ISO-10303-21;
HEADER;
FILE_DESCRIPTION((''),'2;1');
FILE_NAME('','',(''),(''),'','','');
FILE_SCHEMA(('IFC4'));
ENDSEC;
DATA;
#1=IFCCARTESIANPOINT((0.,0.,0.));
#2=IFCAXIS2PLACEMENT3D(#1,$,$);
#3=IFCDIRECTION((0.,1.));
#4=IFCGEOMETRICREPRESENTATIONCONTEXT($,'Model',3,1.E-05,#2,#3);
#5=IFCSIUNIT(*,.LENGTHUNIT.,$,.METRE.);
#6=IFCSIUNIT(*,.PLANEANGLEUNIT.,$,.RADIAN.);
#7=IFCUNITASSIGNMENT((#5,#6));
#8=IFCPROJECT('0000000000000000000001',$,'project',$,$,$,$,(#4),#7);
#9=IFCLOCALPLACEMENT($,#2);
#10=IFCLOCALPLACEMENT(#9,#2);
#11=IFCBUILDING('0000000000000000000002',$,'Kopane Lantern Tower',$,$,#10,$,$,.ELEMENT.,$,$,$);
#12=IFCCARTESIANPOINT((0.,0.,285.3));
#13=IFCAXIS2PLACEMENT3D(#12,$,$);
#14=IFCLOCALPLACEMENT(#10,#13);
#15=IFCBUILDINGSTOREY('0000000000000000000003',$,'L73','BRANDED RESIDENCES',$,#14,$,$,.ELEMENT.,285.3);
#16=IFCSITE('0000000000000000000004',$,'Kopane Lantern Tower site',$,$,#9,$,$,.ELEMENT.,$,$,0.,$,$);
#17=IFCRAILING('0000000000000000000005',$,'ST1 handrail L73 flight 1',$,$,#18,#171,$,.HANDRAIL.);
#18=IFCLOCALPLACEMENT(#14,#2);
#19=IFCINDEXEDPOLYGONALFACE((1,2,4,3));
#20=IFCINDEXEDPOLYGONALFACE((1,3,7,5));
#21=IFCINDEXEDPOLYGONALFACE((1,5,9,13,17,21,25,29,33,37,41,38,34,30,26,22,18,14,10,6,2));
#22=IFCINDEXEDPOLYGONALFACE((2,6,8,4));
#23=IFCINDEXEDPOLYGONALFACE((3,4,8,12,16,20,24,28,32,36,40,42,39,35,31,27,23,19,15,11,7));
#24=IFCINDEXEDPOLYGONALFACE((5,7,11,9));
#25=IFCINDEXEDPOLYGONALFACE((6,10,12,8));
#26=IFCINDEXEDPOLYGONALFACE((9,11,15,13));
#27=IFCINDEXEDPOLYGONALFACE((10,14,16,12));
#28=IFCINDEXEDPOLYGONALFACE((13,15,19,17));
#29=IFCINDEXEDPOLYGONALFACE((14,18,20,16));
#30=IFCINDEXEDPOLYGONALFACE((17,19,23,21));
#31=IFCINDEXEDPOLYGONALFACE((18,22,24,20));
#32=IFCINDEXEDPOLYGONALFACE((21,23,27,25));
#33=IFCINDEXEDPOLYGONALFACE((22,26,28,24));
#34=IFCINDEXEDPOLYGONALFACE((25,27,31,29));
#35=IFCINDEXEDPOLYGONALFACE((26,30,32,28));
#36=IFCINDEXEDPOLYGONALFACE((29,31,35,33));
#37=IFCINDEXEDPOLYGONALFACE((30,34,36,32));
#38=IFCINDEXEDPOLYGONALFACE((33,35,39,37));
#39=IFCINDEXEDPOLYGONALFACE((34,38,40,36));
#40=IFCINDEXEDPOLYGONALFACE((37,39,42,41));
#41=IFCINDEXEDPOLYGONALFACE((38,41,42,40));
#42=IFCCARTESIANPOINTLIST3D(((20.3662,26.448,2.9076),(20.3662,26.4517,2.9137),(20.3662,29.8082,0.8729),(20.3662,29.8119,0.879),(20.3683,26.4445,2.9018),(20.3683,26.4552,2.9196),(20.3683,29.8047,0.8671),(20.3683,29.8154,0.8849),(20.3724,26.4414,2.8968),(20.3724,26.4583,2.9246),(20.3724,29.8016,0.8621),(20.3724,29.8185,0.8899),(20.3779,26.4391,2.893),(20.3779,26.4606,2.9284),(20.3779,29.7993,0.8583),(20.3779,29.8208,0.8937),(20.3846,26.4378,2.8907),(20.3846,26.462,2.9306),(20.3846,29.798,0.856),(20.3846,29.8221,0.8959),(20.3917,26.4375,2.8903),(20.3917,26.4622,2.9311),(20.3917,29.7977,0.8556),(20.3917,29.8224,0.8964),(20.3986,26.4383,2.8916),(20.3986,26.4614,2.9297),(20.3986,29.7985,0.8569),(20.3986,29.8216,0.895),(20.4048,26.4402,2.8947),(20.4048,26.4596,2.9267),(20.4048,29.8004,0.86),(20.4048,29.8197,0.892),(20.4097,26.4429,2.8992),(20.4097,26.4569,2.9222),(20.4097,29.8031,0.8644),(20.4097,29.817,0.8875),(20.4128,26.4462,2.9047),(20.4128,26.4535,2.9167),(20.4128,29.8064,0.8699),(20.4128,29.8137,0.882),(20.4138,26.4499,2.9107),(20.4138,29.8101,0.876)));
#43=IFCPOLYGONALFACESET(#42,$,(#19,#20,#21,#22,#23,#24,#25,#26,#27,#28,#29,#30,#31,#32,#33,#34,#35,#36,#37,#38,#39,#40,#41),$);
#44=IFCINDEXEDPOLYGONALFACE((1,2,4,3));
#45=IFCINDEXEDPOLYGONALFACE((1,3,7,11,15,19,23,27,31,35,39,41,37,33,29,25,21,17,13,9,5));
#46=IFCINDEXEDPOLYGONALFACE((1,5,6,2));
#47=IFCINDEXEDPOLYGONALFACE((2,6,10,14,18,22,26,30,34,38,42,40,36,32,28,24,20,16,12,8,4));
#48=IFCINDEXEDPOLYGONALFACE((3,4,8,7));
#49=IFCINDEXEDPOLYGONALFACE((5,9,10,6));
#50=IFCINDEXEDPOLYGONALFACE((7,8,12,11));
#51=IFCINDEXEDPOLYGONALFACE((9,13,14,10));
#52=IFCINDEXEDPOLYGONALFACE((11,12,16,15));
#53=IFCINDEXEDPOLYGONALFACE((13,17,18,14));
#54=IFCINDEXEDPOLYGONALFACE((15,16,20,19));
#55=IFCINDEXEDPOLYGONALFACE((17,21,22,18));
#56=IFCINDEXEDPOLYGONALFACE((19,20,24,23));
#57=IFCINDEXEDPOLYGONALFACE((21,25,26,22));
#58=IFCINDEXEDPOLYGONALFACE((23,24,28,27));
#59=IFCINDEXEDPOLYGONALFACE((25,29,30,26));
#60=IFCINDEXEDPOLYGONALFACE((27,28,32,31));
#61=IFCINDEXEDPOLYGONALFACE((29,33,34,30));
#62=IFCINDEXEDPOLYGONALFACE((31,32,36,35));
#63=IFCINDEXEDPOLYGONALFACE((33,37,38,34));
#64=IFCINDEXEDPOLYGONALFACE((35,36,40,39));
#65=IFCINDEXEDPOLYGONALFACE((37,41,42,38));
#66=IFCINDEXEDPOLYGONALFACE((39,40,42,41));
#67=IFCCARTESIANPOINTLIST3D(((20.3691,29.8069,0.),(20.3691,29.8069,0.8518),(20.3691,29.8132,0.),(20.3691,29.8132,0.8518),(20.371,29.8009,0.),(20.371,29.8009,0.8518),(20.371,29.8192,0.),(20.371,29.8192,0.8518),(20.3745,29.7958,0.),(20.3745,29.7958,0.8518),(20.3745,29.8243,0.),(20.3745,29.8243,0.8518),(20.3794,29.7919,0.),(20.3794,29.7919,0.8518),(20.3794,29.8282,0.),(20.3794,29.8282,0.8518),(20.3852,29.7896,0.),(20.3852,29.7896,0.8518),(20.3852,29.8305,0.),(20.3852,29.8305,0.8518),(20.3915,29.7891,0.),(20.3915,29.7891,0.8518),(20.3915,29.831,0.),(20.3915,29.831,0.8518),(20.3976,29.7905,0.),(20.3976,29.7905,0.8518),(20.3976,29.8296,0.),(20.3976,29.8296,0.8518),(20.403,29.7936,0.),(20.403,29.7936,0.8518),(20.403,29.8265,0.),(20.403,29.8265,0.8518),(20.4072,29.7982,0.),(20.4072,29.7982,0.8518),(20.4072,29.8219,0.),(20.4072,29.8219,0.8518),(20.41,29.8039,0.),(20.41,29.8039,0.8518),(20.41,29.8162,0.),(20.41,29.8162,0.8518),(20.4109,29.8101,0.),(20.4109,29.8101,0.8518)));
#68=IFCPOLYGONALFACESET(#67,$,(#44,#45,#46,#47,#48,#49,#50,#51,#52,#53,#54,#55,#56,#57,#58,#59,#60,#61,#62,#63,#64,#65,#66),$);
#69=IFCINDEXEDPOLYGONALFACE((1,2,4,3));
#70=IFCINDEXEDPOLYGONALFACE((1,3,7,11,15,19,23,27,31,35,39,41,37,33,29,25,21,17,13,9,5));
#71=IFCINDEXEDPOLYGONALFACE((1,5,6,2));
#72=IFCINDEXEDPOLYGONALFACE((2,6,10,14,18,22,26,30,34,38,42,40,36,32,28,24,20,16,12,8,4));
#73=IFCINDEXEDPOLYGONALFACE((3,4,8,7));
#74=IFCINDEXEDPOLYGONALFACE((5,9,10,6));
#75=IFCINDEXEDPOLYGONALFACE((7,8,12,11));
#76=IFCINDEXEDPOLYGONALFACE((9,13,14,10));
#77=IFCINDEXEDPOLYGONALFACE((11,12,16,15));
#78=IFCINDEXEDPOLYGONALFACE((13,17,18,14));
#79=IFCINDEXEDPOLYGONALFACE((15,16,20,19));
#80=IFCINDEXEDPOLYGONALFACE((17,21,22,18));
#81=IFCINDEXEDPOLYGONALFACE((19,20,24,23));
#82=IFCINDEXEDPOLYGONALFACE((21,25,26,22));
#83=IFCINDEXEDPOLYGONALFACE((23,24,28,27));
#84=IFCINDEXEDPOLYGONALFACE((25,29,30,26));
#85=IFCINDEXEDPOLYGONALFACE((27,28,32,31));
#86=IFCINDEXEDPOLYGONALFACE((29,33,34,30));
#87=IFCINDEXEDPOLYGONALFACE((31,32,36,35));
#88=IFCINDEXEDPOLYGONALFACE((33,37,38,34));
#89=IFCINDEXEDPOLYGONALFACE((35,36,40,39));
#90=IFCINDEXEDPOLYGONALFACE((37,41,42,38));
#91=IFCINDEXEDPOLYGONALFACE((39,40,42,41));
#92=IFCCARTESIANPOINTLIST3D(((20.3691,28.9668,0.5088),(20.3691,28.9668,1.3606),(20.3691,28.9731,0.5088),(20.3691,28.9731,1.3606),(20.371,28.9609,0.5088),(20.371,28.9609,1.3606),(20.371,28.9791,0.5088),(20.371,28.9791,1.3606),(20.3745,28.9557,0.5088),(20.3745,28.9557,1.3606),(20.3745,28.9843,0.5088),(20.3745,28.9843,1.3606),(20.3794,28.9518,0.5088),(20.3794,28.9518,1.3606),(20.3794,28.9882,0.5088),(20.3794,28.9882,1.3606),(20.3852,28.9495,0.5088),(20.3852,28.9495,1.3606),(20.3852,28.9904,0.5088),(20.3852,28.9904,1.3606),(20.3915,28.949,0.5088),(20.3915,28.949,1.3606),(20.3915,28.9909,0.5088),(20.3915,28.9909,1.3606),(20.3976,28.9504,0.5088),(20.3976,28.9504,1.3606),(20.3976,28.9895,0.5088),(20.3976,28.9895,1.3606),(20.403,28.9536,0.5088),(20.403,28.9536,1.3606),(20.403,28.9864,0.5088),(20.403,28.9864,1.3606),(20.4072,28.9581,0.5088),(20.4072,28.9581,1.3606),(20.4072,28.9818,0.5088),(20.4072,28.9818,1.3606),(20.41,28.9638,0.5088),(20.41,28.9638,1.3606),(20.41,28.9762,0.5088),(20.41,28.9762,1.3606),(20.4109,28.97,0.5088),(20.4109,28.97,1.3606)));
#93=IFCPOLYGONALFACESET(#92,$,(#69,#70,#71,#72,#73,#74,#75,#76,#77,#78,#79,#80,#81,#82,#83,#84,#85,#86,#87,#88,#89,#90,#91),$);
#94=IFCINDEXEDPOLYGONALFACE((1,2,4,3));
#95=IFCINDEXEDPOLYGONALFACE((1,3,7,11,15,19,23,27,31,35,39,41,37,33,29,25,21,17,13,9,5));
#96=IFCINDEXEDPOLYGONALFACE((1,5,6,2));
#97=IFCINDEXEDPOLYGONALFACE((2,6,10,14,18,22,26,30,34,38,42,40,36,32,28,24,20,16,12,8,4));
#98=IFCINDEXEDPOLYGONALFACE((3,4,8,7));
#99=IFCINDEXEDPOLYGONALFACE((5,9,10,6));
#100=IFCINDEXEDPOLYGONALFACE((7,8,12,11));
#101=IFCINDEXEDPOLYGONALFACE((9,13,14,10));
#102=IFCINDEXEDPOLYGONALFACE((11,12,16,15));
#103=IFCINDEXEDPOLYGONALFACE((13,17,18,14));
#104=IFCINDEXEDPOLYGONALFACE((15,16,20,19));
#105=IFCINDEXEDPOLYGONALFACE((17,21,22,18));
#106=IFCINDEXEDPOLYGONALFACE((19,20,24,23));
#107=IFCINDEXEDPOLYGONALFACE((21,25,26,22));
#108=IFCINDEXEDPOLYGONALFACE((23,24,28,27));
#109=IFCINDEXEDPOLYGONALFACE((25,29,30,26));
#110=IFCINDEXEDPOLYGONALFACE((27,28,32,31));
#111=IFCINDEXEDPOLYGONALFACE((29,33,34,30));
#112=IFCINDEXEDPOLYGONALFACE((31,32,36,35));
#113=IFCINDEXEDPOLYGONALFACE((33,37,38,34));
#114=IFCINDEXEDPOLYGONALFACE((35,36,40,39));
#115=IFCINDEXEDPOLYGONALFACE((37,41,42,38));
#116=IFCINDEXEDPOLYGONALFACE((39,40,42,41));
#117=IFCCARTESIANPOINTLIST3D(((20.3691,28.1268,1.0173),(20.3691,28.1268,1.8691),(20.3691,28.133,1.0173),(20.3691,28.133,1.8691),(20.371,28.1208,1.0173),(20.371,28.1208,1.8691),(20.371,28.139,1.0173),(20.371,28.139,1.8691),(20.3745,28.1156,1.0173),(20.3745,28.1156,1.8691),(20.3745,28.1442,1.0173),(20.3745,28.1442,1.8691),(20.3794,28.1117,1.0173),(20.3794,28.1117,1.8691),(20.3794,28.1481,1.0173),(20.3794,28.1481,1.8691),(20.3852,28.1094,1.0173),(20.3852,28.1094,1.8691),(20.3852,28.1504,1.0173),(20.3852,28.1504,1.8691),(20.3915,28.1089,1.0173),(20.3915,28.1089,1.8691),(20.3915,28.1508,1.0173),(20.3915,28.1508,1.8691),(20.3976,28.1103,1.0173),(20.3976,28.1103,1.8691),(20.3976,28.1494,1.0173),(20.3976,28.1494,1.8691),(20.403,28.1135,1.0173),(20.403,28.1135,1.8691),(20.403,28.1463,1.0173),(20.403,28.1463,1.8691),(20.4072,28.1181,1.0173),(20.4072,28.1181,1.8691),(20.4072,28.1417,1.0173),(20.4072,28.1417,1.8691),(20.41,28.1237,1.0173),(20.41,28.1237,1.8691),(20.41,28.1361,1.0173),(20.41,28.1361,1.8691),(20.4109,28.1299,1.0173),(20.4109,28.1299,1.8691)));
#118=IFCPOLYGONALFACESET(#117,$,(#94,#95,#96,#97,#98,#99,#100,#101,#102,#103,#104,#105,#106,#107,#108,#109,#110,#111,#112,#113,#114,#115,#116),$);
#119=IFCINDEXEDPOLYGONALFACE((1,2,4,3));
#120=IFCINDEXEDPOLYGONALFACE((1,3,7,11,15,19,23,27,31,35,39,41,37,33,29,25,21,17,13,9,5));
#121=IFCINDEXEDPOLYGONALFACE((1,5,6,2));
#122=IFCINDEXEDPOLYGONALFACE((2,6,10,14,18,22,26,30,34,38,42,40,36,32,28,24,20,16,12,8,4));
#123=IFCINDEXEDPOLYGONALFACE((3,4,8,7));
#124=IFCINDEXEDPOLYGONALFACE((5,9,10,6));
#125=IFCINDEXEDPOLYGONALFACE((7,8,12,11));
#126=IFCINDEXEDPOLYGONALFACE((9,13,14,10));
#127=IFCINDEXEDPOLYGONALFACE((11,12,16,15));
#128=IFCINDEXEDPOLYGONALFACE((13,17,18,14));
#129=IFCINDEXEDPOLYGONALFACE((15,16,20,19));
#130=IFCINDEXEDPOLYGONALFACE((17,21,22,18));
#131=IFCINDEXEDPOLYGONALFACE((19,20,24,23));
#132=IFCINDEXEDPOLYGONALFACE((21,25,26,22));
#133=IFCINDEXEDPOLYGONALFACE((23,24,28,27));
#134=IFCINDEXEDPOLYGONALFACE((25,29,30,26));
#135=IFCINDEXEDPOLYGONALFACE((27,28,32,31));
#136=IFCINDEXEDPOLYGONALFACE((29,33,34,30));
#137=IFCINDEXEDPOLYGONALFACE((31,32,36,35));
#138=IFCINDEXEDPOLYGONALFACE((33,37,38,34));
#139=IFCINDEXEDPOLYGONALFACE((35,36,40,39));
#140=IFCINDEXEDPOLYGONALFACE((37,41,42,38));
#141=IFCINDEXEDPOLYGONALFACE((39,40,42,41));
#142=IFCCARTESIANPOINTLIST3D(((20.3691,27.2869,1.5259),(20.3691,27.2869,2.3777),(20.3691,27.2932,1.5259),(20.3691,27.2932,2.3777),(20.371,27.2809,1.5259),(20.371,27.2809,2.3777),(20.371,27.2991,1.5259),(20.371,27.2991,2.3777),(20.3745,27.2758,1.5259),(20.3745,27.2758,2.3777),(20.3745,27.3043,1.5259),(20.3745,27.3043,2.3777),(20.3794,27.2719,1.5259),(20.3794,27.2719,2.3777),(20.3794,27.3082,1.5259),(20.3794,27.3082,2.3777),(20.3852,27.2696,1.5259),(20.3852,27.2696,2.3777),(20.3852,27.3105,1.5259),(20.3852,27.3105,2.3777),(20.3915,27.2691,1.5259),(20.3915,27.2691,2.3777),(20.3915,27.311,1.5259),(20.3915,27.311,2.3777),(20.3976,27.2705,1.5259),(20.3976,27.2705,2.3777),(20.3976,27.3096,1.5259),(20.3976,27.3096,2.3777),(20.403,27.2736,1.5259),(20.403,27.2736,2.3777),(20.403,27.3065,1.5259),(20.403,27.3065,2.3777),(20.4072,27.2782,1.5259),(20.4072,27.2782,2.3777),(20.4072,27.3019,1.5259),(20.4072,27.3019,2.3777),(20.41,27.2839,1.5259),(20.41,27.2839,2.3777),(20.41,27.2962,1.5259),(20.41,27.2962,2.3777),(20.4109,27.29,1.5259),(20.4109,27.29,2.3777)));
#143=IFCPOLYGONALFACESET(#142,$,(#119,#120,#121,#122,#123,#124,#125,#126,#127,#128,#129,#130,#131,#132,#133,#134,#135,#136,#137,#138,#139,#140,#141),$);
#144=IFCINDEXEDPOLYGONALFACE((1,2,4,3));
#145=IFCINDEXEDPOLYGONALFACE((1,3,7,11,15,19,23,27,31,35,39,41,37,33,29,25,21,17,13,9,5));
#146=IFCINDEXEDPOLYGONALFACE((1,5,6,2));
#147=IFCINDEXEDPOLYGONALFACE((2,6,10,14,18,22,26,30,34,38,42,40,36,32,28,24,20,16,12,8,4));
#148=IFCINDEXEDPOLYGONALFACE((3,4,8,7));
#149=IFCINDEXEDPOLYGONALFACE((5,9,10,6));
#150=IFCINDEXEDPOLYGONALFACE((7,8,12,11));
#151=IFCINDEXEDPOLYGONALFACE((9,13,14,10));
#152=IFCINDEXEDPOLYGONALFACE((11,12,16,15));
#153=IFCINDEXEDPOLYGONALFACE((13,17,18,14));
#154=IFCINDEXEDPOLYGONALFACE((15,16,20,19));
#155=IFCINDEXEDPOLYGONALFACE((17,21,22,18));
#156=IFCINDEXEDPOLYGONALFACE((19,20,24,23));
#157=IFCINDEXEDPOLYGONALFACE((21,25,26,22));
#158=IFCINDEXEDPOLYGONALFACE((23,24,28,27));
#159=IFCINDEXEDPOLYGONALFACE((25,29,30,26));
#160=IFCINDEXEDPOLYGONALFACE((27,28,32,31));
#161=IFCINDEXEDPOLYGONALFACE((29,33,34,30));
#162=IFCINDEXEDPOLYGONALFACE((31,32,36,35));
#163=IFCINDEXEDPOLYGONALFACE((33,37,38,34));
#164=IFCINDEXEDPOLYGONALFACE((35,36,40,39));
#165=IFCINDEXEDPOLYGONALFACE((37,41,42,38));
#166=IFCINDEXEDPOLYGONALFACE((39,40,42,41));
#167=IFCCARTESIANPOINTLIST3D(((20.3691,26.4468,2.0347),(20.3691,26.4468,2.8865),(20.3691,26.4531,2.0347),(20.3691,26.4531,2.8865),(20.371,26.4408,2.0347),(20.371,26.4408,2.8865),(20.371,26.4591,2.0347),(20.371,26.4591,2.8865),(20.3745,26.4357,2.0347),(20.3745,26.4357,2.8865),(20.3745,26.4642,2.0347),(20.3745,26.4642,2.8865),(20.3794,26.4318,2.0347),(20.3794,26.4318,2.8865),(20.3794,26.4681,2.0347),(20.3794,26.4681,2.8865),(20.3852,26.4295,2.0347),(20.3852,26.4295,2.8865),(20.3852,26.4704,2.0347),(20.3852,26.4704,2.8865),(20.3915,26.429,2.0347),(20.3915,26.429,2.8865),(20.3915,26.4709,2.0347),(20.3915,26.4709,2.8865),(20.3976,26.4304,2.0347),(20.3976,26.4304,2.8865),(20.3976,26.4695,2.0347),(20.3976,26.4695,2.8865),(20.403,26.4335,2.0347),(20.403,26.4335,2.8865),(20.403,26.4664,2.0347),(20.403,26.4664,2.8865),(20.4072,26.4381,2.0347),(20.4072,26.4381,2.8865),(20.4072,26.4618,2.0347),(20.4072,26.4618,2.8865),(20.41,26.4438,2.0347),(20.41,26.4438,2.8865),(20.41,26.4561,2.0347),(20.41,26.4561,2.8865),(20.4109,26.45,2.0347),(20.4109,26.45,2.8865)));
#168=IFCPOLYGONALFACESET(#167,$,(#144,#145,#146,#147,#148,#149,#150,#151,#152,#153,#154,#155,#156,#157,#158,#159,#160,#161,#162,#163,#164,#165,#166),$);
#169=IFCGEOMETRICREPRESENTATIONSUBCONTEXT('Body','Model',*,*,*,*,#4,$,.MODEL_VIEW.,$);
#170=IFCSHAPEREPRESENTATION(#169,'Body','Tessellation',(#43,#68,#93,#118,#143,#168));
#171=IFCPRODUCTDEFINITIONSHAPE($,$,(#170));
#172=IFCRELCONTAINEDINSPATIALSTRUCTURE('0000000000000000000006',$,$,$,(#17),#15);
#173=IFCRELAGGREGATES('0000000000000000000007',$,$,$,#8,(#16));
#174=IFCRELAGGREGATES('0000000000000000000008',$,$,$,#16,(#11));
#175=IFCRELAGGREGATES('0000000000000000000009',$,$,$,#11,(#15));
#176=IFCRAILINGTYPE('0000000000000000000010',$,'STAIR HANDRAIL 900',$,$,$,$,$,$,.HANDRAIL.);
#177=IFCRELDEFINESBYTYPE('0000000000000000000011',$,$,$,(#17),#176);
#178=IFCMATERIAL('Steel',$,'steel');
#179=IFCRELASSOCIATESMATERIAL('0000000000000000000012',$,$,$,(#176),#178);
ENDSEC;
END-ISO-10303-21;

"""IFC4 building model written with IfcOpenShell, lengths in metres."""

from ifc_helpers import new_model, si_unit, direction, frame, origin, origin_2d, place, context, subcontext, project, spatial, circle, extrude, material, type_object, element, save


model = new_model("IFC4")

# Units and contexts
model_context = context("Model", 3, precision=1e-05, world=origin(), true_north=direction((0.0, 1.0)))
body_context = subcontext(model_context, "Body", "Model", "MODEL_VIEW")
ifc_project = project(units=[si_unit("LENGTHUNIT", "METRE"), si_unit("PLANEANGLEUNIT", "RADIAN")], contexts=[model_context])

# Site, building, storey
site_placement = place(None, origin())
site = spatial("IfcSite", under=ifc_project, at=site_placement, Name="Kopane Lantern Tower site", CompositionType="ELEMENT", RefElevation=0.0)
building_placement = place(site_placement, origin())
building = spatial("IfcBuilding", under=site, at=building_placement, Name="Kopane Lantern Tower", CompositionType="ELEMENT")
storey_placement = place(building_placement, frame((0.0, 0.0, 285.3)))
storey = spatial("IfcBuildingStorey", under=building, at=storey_placement, Name="L73", Description="BRANDED RESIDENCES", CompositionType="ELEMENT", Elevation=285.3)

# Railing
ifc_material_1 = material(Name="Steel", Category="steel")
railing_type_1 = type_object("IfcRailingType", Name="STAIR HANDRAIL 900", PredefinedType="HANDRAIL", material=ifc_material_1)
for number, where, name in (
    (1, (20.3899, 29.8101, 0.0), "ST1 handrail L73 flight 1"),
):
    element("IfcRailing", number, at=place(storey_placement, frame(where)), inside=storey, type_object=railing_type_1, Name=name, PredefinedType="HANDRAIL", context=body_context, shape_type="SweptSolid", body=[
        extrude(circle(Radius=0.0239, at=origin_2d()), frame((0.0, 0.0, 0.876), z_axis=(0.0, -0.855396, 0.517974), x_axis=(1.0, 0.0, 0.0)), (0.0, 0.0, 1.0), 3.9282),
        extrude(circle(Radius=0.021, at=origin_2d()), origin(), (0.0, 0.0, 1.0), 0.8518),
        extrude(circle(Radius=0.021, at=origin_2d()), frame((0.0, -0.8401, 0.5088)), (0.0, 0.0, 1.0), 0.8518),
        extrude(circle(Radius=0.021, at=origin_2d()), frame((0.0, -1.6802, 1.0173)), (0.0, 0.0, 1.0), 0.8518),
        extrude(circle(Radius=0.021, at=origin_2d()), frame((0.0, -2.52, 1.5259)), (0.0, 0.0, 1.0), 0.8518),
        extrude(circle(Radius=0.021, at=origin_2d()), frame((0.0, -3.3601, 2.0347)), (0.0, 0.0, 1.0), 0.8518),
    ])

save(model, "model.ifc")
